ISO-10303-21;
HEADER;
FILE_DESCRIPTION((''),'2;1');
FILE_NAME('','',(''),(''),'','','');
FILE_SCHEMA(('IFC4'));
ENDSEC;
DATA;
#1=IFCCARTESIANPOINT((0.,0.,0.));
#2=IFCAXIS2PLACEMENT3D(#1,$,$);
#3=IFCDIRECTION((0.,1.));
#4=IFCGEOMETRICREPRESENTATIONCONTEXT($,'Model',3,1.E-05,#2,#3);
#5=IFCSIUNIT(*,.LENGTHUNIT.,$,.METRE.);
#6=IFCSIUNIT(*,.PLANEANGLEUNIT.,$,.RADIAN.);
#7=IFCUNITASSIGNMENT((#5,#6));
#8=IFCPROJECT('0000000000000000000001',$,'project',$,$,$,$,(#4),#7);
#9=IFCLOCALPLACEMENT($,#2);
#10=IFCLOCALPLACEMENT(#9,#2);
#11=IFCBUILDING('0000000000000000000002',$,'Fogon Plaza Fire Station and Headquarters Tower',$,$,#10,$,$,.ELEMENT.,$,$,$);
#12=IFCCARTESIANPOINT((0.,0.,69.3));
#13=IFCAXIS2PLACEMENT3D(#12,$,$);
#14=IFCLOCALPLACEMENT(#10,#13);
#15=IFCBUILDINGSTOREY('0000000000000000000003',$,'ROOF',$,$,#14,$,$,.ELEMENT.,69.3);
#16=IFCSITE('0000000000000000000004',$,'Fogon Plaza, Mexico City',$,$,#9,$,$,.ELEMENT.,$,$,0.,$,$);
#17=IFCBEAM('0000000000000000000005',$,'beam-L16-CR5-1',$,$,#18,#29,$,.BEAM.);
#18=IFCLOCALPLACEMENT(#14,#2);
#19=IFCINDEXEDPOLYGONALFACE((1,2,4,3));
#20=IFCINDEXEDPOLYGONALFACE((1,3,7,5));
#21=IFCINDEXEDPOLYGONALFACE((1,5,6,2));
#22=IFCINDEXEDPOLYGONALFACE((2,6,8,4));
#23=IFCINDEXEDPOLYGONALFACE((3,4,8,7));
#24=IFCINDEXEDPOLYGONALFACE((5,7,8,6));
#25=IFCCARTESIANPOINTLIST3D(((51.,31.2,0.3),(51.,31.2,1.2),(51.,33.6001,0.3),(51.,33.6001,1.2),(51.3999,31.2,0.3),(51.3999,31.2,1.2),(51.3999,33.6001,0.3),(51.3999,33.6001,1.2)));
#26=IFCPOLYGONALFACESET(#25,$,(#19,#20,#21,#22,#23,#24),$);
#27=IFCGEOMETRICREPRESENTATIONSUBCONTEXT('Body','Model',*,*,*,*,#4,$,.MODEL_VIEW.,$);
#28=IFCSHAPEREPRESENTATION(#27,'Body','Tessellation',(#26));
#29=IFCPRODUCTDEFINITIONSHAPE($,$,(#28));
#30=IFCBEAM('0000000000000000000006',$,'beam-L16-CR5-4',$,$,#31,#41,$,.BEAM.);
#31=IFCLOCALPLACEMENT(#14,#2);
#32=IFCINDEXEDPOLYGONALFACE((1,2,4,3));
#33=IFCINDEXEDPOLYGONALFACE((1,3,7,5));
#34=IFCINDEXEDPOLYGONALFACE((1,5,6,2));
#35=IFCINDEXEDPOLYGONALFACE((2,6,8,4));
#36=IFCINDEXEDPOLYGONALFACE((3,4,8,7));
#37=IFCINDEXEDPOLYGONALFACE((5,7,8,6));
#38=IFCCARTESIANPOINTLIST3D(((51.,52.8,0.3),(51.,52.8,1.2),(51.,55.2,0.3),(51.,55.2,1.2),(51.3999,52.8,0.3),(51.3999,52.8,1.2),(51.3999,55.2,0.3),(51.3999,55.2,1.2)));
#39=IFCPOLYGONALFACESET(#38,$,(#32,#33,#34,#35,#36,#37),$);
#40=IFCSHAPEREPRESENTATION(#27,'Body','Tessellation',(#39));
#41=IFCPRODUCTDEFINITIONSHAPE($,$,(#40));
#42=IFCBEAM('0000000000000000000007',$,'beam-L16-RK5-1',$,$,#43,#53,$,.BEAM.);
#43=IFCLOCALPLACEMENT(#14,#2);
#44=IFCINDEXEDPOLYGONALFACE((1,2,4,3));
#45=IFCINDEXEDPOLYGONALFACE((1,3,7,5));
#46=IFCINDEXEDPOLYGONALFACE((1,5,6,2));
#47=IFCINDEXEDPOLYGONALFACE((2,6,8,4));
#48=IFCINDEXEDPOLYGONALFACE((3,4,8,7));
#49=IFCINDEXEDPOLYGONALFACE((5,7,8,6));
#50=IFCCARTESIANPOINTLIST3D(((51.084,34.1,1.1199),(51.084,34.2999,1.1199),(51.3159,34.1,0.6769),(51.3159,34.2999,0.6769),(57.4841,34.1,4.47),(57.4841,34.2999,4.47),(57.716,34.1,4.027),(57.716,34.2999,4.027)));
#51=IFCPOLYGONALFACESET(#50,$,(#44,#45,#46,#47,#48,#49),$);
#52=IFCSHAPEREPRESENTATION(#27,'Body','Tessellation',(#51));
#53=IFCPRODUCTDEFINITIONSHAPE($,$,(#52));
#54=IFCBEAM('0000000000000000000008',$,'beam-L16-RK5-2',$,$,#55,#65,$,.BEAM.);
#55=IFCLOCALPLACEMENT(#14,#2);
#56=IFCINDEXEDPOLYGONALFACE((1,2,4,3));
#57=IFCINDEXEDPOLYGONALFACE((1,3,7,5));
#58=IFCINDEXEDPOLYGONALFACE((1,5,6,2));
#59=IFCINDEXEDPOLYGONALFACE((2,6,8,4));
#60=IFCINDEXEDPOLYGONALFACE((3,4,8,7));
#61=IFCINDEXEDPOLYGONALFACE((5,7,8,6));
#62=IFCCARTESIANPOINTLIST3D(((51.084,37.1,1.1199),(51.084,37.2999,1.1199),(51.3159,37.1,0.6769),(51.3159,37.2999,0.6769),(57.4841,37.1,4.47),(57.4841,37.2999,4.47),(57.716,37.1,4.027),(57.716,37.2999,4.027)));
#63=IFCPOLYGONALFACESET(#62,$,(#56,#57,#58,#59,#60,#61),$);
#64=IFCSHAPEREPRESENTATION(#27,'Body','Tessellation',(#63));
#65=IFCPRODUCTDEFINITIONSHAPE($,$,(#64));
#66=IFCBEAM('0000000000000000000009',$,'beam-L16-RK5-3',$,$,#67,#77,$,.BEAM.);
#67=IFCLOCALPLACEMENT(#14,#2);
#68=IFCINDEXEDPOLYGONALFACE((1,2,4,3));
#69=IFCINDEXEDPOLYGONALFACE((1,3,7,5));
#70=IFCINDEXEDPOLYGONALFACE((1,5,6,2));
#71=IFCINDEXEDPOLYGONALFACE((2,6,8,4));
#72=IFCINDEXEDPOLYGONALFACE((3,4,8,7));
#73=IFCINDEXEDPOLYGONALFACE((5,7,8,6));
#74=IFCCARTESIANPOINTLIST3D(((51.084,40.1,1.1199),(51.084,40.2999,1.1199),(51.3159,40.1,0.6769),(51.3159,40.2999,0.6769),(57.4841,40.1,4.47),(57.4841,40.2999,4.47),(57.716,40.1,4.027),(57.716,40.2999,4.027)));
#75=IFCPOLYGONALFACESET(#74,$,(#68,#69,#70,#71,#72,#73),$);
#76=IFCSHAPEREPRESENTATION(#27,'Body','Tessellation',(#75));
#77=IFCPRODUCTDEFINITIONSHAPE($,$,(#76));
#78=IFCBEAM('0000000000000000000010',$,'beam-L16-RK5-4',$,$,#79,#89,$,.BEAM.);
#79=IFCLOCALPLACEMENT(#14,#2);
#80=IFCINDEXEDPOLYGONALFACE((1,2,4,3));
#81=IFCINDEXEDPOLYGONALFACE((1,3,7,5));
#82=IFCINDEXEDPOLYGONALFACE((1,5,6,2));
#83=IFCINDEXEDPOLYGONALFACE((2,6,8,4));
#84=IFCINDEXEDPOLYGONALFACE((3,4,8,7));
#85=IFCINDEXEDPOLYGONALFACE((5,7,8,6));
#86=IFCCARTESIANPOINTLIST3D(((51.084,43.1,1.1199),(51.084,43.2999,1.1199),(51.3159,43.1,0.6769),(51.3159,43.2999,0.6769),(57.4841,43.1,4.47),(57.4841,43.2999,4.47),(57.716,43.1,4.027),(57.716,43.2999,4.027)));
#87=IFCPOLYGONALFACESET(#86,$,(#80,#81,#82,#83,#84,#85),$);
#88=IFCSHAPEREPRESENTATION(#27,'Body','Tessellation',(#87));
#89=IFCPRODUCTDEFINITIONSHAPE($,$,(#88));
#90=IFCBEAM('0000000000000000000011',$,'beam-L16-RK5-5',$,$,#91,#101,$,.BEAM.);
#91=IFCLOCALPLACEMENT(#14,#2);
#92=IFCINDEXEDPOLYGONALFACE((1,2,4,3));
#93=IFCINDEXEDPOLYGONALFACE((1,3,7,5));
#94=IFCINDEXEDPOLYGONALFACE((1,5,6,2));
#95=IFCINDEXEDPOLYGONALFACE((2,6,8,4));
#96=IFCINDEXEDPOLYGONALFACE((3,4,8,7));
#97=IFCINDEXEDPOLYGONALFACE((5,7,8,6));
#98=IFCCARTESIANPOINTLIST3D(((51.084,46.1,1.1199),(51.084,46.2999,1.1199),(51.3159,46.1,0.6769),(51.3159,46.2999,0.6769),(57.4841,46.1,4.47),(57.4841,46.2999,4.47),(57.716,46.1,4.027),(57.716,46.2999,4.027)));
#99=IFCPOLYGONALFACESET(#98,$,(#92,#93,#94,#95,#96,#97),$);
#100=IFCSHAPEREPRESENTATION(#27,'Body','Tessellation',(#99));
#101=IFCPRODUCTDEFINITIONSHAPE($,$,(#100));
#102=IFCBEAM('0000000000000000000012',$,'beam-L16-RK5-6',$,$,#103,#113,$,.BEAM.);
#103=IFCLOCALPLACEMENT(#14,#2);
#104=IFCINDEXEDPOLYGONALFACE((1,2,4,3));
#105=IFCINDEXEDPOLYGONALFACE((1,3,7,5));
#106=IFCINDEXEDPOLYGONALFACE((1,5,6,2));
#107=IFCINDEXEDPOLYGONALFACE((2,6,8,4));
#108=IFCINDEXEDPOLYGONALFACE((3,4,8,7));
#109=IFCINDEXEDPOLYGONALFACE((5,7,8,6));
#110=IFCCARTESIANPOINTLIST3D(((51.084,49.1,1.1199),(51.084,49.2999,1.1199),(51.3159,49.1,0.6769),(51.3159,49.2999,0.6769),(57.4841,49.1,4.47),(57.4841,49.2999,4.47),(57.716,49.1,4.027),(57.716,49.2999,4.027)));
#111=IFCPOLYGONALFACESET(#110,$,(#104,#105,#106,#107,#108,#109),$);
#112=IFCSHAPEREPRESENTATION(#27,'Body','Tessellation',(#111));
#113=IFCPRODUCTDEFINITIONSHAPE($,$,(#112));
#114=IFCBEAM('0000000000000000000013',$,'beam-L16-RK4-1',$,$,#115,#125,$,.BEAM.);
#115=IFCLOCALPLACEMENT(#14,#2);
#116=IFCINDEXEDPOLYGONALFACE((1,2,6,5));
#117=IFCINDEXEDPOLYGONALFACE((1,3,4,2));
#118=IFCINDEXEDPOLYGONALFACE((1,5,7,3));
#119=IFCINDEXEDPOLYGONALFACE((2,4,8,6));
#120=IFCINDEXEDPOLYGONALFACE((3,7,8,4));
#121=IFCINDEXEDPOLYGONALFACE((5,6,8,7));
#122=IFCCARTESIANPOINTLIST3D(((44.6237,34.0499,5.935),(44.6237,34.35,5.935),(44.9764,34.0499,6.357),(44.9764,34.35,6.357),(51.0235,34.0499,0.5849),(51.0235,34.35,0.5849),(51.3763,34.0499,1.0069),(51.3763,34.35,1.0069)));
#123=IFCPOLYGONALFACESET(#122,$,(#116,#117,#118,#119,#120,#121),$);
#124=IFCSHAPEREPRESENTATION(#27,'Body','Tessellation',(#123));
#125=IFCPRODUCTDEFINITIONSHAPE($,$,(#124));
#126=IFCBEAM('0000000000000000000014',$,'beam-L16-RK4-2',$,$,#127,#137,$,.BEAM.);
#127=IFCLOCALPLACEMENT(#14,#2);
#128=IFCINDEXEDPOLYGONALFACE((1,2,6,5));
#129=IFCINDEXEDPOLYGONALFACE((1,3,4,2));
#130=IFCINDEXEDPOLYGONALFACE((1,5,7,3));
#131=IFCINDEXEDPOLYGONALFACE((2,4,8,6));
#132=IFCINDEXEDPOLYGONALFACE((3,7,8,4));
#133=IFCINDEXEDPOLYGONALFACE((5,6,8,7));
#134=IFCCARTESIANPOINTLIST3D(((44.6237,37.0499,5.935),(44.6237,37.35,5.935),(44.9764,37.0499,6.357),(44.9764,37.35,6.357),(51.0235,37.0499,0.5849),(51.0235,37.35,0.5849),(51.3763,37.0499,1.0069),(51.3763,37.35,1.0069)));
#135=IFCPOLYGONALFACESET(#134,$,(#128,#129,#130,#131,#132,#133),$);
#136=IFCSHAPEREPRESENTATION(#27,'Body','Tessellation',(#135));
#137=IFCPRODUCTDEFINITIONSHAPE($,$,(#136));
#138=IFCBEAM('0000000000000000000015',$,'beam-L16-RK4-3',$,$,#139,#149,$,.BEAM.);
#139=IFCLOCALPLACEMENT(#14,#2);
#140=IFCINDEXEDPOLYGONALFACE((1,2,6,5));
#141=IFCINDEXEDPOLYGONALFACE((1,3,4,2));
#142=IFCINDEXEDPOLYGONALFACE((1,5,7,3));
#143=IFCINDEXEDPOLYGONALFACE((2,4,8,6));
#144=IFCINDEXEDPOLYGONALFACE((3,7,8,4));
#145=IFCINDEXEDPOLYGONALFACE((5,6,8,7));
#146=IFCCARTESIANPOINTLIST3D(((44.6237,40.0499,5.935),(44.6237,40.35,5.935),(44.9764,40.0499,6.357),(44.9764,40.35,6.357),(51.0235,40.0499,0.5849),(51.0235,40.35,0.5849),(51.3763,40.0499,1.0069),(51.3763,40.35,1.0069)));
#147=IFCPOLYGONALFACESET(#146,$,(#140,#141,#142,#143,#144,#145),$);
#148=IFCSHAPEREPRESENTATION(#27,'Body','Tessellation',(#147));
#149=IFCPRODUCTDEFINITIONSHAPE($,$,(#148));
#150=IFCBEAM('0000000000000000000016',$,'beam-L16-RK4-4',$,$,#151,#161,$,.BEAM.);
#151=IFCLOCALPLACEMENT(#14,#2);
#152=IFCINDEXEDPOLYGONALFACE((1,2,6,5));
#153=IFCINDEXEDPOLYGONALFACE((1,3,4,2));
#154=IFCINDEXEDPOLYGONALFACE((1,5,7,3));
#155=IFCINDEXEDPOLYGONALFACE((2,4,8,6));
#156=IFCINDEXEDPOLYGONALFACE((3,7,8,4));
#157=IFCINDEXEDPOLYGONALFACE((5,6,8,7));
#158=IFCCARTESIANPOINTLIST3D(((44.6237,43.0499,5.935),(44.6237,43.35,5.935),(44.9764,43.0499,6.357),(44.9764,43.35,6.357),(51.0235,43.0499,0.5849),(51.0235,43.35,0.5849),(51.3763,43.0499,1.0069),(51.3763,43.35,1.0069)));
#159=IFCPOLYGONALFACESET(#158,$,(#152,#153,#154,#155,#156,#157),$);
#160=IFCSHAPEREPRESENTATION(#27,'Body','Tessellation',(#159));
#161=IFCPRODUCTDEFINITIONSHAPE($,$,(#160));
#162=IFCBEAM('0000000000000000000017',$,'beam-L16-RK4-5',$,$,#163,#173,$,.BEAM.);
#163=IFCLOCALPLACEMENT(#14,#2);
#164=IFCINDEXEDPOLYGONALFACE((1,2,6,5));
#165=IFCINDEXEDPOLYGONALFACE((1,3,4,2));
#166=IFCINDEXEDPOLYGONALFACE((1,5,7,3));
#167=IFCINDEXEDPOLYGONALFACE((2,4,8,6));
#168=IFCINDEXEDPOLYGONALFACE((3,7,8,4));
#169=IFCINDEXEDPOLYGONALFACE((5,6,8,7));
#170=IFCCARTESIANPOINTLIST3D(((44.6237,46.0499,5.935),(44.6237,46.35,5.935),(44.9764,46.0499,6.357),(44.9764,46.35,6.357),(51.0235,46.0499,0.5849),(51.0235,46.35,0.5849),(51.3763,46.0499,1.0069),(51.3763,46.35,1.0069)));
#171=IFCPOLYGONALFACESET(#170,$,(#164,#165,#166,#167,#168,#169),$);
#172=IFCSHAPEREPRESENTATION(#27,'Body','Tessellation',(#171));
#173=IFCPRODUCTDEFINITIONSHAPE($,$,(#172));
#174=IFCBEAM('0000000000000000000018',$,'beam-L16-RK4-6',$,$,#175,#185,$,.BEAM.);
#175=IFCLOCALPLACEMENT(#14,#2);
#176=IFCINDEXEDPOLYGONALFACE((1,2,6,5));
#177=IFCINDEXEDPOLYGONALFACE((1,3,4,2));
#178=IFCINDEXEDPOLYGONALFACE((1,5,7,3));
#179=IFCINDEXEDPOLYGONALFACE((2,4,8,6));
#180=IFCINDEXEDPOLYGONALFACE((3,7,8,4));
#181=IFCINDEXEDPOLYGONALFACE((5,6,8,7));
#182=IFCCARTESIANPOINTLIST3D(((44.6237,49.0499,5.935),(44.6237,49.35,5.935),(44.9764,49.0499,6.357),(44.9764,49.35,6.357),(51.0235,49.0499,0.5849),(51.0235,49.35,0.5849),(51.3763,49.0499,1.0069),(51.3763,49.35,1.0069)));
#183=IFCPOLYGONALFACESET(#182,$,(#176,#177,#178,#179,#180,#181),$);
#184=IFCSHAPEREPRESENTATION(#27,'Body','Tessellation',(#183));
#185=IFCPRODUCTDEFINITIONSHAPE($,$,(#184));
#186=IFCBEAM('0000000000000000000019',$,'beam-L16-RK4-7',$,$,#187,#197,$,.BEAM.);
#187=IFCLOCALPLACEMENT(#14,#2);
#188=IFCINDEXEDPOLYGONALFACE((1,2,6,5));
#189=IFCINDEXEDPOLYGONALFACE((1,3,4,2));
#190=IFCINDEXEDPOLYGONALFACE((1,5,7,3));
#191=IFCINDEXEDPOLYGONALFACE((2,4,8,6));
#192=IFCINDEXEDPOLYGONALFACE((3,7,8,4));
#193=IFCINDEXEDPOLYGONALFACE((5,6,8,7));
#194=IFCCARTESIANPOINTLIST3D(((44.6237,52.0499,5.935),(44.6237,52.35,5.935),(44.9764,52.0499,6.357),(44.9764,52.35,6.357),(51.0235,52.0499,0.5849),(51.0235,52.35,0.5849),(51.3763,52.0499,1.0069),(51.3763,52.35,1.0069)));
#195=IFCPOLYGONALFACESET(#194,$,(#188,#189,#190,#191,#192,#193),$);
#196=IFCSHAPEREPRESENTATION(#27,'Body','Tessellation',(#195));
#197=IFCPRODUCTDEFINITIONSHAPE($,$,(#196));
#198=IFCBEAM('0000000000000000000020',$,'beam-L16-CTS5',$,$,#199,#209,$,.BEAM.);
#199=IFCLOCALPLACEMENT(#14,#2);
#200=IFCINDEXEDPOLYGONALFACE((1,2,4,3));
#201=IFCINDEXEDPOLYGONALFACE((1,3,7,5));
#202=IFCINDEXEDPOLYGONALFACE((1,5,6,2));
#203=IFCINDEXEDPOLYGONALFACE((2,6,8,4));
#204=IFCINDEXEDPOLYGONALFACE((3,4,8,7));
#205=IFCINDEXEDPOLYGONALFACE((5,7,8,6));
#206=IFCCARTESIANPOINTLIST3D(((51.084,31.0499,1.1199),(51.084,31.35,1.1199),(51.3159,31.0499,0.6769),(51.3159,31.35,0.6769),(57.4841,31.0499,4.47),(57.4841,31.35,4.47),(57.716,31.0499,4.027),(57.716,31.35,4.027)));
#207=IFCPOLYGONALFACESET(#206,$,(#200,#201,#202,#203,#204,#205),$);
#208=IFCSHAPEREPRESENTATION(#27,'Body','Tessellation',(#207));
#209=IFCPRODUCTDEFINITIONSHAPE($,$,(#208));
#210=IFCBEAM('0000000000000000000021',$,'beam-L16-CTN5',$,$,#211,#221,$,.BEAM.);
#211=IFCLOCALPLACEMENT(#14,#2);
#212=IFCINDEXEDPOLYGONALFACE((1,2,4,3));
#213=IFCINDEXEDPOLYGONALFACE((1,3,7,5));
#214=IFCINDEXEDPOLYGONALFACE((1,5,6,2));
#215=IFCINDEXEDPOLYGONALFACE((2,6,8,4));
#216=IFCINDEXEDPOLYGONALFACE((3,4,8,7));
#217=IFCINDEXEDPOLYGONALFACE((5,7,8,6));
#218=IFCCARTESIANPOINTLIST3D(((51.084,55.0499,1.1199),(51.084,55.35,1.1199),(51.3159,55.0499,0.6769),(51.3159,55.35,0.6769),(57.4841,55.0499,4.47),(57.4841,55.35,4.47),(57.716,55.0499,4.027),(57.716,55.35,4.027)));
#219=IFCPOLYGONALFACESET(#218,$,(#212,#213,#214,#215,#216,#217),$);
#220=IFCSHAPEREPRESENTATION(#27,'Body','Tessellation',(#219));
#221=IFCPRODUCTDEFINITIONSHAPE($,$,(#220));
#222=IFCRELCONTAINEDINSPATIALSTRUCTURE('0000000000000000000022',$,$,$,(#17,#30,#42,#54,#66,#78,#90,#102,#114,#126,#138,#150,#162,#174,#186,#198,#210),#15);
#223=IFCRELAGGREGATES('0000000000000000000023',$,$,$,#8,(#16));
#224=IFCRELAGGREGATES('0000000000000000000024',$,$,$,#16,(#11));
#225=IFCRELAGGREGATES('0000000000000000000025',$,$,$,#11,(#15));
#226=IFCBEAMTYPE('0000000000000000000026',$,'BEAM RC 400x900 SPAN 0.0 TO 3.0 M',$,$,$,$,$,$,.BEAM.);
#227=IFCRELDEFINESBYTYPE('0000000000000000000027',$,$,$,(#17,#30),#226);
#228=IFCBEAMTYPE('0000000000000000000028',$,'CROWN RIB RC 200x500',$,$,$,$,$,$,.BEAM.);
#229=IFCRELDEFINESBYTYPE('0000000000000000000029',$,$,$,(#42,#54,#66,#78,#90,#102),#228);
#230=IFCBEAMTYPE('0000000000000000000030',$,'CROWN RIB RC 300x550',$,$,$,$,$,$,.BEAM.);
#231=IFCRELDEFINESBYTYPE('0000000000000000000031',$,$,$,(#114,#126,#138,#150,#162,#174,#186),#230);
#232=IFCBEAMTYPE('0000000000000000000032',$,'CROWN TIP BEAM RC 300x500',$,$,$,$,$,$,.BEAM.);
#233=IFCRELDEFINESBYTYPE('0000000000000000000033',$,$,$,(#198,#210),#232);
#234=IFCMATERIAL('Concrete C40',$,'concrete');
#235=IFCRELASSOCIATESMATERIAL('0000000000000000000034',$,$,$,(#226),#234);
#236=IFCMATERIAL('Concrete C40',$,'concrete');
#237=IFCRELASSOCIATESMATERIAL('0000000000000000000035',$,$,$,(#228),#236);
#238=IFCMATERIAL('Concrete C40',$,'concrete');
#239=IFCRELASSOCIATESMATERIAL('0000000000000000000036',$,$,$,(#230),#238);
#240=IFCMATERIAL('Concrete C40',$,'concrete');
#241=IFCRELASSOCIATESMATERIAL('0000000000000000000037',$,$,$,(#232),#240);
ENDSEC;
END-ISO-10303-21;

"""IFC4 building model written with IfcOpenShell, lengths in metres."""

from ifc_helpers import new_model, si_unit, direction, frame, origin, origin_2d, place, context, subcontext, project, spatial, rectangle, extrude, material, material_profile, profile_set, type_object, element, save


model = new_model("IFC4")

# Units and contexts
model_context = context("Model", 3, precision=1e-05, world=origin(), true_north=direction((0.0, 1.0)))
body_context = subcontext(model_context, "Body", "Model", "MODEL_VIEW")
ifc_project = project(units=[si_unit("LENGTHUNIT", "METRE"), si_unit("PLANEANGLEUNIT", "RADIAN")], contexts=[model_context])

# Site, building, storey
site_placement = place(None, origin())
site = spatial("IfcSite", under=ifc_project, at=site_placement, Name="Fogon Plaza, Mexico City", CompositionType="ELEMENT", RefElevation=0.0)
building_placement = place(site_placement, origin())
building = spatial("IfcBuilding", under=site, at=building_placement, Name="Fogon Plaza Fire Station and Headquarters Tower", CompositionType="ELEMENT")
storey_placement = place(building_placement, frame((0.0, 0.0, 69.3)))
storey = spatial("IfcBuildingStorey", under=building, at=storey_placement, Name="ROOF", CompositionType="ELEMENT", Elevation=69.3)

# Beams
ifc_material_1 = material(Name="Concrete C40", Category="concrete")
ifc_material_profile_1 = material_profile(ifc_material_1, rectangle(XDim=0.3999, YDim=0.8999, at=origin_2d()), Name="RC 400x900")
ifc_profile_set_1 = profile_set([ifc_material_profile_1], Name="Concrete C40")
beam_type_1 = type_object("IfcBeamType", Name="BEAM RC 400x900 SPAN 0.0 TO 3.0 M", PredefinedType="BEAM", material=ifc_profile_set_1)
beam_1_placement = place(storey_placement, frame((51.2, 31.2, 0.75), z_axis=(0.0, 1.0, 0.0), x_axis=(-1.0, 0.0, 0.0)))
element("IfcBeam", 1, at=beam_1_placement, inside=storey, type_object=beam_type_1, Name="beam-L16-CR5-1", PredefinedType="BEAM", context=body_context, shape_type="SweptSolid", body=[
    extrude(rectangle(XDim=0.3999, YDim=0.8999, at=origin_2d()), origin(), (0.0, 0.0, 1.0), 2.4001),
])
beam_2_placement = place(storey_placement, frame((51.2, 52.8, 0.75), z_axis=(0.0, 1.0, 0.0), x_axis=(-1.0, 0.0, 0.0)))
element("IfcBeam", 2, at=beam_2_placement, inside=storey, type_object=beam_type_1, Name="beam-L16-CR5-4", PredefinedType="BEAM", context=body_context, shape_type="SweptSolid", body=[
    extrude(rectangle(XDim=0.3999, YDim=0.8999, at=origin_2d()), origin(), (0.0, 0.0, 1.0), 2.3999),
])
ifc_material_2 = material(Name="Concrete C40", Category="concrete")
ifc_material_profile_2 = material_profile(ifc_material_2, rectangle(XDim=0.2, YDim=0.5, at=origin_2d()), Name="RC 200x500")
ifc_profile_set_2 = profile_set([ifc_material_profile_2], Name="Concrete C40")
beam_type_2 = type_object("IfcBeamType", Name="CROWN RIB RC 200x500", PredefinedType="BEAM", material=ifc_profile_set_2)
for number, where, z_axis, x_axis, name in (
    (3, (51.2, 34.2, 0.8984), (0.885966, 0.0, 0.463751), (0.0, 1.0, 0.0), "beam-L16-RK5-1"),
    (4, (51.2, 37.2, 0.8984), (0.885966, 0.0, 0.463751), (0.0, 1.0, 0.0), "beam-L16-RK5-2"),
    (5, (51.2, 40.2, 0.8984), (0.885966, 0.0, 0.463751), (0.0, 1.0, 0.0), "beam-L16-RK5-3"),
    (6, (51.2, 43.2, 0.8984), (0.885966, 0.0, 0.463751), (0.0, 1.0, 0.0), "beam-L16-RK5-4"),
    (7, (51.2, 46.2, 0.8984), (0.885966, 0.0, 0.463751), (0.0, 1.0, 0.0), "beam-L16-RK5-5"),
    (8, (51.2, 49.2, 0.8984), (0.885966, 0.0, 0.463751), (0.0, 1.0, 0.0), "beam-L16-RK5-6"),
):
    element("IfcBeam", number, at=place(storey_placement, frame(where, z_axis=z_axis, x_axis=x_axis)), inside=storey, type_object=beam_type_2, Name=name, PredefinedType="BEAM", context=body_context, shape_type="SweptSolid", body=[
        extrude(rectangle(XDim=0.2, YDim=0.5, at=origin_2d()), origin(), (0.0, 0.0, 1.0), 7.2239),
    ])
ifc_material_3 = material(Name="Concrete C40", Category="concrete")
ifc_material_profile_3 = material_profile(ifc_material_3, rectangle(XDim=0.3, YDim=0.55, at=origin_2d()), Name="RC 300x550")
ifc_profile_set_3 = profile_set([ifc_material_profile_3], Name="Concrete C40")
beam_type_3 = type_object("IfcBeamType", Name="CROWN RIB RC 300x550", PredefinedType="BEAM", material=ifc_profile_set_3)
for number, where, z_axis, x_axis, name in (
    (9, (44.8, 34.2, 6.146), (0.767227, 0.0, -0.641375), (0.0, 1.0, 0.0), "beam-L16-RK4-1"),
    (10, (44.8, 37.2, 6.146), (0.767227, 0.0, -0.641375), (0.0, 1.0, 0.0), "beam-L16-RK4-2"),
    (11, (44.8, 40.2, 6.146), (0.767227, 0.0, -0.641375), (0.0, 1.0, 0.0), "beam-L16-RK4-3"),
    (12, (44.8, 43.2, 6.146), (0.767227, 0.0, -0.641375), (0.0, 1.0, 0.0), "beam-L16-RK4-4"),
    (13, (44.8, 46.2, 6.146), (0.767227, 0.0, -0.641375), (0.0, 1.0, 0.0), "beam-L16-RK4-5"),
    (14, (44.8, 49.2, 6.146), (0.767227, 0.0, -0.641375), (0.0, 1.0, 0.0), "beam-L16-RK4-6"),
    (15, (44.8, 52.2, 6.146), (0.767227, 0.0, -0.641375), (0.0, 1.0, 0.0), "beam-L16-RK4-7"),
):
    element("IfcBeam", number, at=place(storey_placement, frame(where, z_axis=z_axis, x_axis=x_axis)), inside=storey, type_object=beam_type_3, Name=name, PredefinedType="BEAM", context=body_context, shape_type="SweptSolid", body=[
        extrude(rectangle(XDim=0.3, YDim=0.55, at=origin_2d()), origin(), (0.0, 0.0, 1.0), 8.3416),
    ])
ifc_material_4 = material(Name="Concrete C40", Category="concrete")
ifc_material_profile_4 = material_profile(ifc_material_4, rectangle(XDim=0.3, YDim=0.5, at=origin_2d()), Name="RC 300x500")
ifc_profile_set_4 = profile_set([ifc_material_profile_4], Name="Concrete C40")
beam_type_4 = type_object("IfcBeamType", Name="CROWN TIP BEAM RC 300x500", PredefinedType="BEAM", material=ifc_profile_set_4)
for number, where, z_axis, x_axis, name in (
    (16, (51.2, 31.2, 0.8984), (0.885966, 0.0, 0.463751), (0.0, 1.0, 0.0), "beam-L16-CTS5"),
    (17, (51.2, 55.2, 0.8984), (0.885966, 0.0, 0.463751), (0.0, 1.0, 0.0), "beam-L16-CTN5"),
):
    element("IfcBeam", number, at=place(storey_placement, frame(where, z_axis=z_axis, x_axis=x_axis)), inside=storey, type_object=beam_type_4, Name=name, PredefinedType="BEAM", context=body_context, shape_type="SweptSolid", body=[
        extrude(rectangle(XDim=0.3, YDim=0.5, at=origin_2d()), origin(), (0.0, 0.0, 1.0), 7.2239),
    ])

save(model, "model.ifc")
